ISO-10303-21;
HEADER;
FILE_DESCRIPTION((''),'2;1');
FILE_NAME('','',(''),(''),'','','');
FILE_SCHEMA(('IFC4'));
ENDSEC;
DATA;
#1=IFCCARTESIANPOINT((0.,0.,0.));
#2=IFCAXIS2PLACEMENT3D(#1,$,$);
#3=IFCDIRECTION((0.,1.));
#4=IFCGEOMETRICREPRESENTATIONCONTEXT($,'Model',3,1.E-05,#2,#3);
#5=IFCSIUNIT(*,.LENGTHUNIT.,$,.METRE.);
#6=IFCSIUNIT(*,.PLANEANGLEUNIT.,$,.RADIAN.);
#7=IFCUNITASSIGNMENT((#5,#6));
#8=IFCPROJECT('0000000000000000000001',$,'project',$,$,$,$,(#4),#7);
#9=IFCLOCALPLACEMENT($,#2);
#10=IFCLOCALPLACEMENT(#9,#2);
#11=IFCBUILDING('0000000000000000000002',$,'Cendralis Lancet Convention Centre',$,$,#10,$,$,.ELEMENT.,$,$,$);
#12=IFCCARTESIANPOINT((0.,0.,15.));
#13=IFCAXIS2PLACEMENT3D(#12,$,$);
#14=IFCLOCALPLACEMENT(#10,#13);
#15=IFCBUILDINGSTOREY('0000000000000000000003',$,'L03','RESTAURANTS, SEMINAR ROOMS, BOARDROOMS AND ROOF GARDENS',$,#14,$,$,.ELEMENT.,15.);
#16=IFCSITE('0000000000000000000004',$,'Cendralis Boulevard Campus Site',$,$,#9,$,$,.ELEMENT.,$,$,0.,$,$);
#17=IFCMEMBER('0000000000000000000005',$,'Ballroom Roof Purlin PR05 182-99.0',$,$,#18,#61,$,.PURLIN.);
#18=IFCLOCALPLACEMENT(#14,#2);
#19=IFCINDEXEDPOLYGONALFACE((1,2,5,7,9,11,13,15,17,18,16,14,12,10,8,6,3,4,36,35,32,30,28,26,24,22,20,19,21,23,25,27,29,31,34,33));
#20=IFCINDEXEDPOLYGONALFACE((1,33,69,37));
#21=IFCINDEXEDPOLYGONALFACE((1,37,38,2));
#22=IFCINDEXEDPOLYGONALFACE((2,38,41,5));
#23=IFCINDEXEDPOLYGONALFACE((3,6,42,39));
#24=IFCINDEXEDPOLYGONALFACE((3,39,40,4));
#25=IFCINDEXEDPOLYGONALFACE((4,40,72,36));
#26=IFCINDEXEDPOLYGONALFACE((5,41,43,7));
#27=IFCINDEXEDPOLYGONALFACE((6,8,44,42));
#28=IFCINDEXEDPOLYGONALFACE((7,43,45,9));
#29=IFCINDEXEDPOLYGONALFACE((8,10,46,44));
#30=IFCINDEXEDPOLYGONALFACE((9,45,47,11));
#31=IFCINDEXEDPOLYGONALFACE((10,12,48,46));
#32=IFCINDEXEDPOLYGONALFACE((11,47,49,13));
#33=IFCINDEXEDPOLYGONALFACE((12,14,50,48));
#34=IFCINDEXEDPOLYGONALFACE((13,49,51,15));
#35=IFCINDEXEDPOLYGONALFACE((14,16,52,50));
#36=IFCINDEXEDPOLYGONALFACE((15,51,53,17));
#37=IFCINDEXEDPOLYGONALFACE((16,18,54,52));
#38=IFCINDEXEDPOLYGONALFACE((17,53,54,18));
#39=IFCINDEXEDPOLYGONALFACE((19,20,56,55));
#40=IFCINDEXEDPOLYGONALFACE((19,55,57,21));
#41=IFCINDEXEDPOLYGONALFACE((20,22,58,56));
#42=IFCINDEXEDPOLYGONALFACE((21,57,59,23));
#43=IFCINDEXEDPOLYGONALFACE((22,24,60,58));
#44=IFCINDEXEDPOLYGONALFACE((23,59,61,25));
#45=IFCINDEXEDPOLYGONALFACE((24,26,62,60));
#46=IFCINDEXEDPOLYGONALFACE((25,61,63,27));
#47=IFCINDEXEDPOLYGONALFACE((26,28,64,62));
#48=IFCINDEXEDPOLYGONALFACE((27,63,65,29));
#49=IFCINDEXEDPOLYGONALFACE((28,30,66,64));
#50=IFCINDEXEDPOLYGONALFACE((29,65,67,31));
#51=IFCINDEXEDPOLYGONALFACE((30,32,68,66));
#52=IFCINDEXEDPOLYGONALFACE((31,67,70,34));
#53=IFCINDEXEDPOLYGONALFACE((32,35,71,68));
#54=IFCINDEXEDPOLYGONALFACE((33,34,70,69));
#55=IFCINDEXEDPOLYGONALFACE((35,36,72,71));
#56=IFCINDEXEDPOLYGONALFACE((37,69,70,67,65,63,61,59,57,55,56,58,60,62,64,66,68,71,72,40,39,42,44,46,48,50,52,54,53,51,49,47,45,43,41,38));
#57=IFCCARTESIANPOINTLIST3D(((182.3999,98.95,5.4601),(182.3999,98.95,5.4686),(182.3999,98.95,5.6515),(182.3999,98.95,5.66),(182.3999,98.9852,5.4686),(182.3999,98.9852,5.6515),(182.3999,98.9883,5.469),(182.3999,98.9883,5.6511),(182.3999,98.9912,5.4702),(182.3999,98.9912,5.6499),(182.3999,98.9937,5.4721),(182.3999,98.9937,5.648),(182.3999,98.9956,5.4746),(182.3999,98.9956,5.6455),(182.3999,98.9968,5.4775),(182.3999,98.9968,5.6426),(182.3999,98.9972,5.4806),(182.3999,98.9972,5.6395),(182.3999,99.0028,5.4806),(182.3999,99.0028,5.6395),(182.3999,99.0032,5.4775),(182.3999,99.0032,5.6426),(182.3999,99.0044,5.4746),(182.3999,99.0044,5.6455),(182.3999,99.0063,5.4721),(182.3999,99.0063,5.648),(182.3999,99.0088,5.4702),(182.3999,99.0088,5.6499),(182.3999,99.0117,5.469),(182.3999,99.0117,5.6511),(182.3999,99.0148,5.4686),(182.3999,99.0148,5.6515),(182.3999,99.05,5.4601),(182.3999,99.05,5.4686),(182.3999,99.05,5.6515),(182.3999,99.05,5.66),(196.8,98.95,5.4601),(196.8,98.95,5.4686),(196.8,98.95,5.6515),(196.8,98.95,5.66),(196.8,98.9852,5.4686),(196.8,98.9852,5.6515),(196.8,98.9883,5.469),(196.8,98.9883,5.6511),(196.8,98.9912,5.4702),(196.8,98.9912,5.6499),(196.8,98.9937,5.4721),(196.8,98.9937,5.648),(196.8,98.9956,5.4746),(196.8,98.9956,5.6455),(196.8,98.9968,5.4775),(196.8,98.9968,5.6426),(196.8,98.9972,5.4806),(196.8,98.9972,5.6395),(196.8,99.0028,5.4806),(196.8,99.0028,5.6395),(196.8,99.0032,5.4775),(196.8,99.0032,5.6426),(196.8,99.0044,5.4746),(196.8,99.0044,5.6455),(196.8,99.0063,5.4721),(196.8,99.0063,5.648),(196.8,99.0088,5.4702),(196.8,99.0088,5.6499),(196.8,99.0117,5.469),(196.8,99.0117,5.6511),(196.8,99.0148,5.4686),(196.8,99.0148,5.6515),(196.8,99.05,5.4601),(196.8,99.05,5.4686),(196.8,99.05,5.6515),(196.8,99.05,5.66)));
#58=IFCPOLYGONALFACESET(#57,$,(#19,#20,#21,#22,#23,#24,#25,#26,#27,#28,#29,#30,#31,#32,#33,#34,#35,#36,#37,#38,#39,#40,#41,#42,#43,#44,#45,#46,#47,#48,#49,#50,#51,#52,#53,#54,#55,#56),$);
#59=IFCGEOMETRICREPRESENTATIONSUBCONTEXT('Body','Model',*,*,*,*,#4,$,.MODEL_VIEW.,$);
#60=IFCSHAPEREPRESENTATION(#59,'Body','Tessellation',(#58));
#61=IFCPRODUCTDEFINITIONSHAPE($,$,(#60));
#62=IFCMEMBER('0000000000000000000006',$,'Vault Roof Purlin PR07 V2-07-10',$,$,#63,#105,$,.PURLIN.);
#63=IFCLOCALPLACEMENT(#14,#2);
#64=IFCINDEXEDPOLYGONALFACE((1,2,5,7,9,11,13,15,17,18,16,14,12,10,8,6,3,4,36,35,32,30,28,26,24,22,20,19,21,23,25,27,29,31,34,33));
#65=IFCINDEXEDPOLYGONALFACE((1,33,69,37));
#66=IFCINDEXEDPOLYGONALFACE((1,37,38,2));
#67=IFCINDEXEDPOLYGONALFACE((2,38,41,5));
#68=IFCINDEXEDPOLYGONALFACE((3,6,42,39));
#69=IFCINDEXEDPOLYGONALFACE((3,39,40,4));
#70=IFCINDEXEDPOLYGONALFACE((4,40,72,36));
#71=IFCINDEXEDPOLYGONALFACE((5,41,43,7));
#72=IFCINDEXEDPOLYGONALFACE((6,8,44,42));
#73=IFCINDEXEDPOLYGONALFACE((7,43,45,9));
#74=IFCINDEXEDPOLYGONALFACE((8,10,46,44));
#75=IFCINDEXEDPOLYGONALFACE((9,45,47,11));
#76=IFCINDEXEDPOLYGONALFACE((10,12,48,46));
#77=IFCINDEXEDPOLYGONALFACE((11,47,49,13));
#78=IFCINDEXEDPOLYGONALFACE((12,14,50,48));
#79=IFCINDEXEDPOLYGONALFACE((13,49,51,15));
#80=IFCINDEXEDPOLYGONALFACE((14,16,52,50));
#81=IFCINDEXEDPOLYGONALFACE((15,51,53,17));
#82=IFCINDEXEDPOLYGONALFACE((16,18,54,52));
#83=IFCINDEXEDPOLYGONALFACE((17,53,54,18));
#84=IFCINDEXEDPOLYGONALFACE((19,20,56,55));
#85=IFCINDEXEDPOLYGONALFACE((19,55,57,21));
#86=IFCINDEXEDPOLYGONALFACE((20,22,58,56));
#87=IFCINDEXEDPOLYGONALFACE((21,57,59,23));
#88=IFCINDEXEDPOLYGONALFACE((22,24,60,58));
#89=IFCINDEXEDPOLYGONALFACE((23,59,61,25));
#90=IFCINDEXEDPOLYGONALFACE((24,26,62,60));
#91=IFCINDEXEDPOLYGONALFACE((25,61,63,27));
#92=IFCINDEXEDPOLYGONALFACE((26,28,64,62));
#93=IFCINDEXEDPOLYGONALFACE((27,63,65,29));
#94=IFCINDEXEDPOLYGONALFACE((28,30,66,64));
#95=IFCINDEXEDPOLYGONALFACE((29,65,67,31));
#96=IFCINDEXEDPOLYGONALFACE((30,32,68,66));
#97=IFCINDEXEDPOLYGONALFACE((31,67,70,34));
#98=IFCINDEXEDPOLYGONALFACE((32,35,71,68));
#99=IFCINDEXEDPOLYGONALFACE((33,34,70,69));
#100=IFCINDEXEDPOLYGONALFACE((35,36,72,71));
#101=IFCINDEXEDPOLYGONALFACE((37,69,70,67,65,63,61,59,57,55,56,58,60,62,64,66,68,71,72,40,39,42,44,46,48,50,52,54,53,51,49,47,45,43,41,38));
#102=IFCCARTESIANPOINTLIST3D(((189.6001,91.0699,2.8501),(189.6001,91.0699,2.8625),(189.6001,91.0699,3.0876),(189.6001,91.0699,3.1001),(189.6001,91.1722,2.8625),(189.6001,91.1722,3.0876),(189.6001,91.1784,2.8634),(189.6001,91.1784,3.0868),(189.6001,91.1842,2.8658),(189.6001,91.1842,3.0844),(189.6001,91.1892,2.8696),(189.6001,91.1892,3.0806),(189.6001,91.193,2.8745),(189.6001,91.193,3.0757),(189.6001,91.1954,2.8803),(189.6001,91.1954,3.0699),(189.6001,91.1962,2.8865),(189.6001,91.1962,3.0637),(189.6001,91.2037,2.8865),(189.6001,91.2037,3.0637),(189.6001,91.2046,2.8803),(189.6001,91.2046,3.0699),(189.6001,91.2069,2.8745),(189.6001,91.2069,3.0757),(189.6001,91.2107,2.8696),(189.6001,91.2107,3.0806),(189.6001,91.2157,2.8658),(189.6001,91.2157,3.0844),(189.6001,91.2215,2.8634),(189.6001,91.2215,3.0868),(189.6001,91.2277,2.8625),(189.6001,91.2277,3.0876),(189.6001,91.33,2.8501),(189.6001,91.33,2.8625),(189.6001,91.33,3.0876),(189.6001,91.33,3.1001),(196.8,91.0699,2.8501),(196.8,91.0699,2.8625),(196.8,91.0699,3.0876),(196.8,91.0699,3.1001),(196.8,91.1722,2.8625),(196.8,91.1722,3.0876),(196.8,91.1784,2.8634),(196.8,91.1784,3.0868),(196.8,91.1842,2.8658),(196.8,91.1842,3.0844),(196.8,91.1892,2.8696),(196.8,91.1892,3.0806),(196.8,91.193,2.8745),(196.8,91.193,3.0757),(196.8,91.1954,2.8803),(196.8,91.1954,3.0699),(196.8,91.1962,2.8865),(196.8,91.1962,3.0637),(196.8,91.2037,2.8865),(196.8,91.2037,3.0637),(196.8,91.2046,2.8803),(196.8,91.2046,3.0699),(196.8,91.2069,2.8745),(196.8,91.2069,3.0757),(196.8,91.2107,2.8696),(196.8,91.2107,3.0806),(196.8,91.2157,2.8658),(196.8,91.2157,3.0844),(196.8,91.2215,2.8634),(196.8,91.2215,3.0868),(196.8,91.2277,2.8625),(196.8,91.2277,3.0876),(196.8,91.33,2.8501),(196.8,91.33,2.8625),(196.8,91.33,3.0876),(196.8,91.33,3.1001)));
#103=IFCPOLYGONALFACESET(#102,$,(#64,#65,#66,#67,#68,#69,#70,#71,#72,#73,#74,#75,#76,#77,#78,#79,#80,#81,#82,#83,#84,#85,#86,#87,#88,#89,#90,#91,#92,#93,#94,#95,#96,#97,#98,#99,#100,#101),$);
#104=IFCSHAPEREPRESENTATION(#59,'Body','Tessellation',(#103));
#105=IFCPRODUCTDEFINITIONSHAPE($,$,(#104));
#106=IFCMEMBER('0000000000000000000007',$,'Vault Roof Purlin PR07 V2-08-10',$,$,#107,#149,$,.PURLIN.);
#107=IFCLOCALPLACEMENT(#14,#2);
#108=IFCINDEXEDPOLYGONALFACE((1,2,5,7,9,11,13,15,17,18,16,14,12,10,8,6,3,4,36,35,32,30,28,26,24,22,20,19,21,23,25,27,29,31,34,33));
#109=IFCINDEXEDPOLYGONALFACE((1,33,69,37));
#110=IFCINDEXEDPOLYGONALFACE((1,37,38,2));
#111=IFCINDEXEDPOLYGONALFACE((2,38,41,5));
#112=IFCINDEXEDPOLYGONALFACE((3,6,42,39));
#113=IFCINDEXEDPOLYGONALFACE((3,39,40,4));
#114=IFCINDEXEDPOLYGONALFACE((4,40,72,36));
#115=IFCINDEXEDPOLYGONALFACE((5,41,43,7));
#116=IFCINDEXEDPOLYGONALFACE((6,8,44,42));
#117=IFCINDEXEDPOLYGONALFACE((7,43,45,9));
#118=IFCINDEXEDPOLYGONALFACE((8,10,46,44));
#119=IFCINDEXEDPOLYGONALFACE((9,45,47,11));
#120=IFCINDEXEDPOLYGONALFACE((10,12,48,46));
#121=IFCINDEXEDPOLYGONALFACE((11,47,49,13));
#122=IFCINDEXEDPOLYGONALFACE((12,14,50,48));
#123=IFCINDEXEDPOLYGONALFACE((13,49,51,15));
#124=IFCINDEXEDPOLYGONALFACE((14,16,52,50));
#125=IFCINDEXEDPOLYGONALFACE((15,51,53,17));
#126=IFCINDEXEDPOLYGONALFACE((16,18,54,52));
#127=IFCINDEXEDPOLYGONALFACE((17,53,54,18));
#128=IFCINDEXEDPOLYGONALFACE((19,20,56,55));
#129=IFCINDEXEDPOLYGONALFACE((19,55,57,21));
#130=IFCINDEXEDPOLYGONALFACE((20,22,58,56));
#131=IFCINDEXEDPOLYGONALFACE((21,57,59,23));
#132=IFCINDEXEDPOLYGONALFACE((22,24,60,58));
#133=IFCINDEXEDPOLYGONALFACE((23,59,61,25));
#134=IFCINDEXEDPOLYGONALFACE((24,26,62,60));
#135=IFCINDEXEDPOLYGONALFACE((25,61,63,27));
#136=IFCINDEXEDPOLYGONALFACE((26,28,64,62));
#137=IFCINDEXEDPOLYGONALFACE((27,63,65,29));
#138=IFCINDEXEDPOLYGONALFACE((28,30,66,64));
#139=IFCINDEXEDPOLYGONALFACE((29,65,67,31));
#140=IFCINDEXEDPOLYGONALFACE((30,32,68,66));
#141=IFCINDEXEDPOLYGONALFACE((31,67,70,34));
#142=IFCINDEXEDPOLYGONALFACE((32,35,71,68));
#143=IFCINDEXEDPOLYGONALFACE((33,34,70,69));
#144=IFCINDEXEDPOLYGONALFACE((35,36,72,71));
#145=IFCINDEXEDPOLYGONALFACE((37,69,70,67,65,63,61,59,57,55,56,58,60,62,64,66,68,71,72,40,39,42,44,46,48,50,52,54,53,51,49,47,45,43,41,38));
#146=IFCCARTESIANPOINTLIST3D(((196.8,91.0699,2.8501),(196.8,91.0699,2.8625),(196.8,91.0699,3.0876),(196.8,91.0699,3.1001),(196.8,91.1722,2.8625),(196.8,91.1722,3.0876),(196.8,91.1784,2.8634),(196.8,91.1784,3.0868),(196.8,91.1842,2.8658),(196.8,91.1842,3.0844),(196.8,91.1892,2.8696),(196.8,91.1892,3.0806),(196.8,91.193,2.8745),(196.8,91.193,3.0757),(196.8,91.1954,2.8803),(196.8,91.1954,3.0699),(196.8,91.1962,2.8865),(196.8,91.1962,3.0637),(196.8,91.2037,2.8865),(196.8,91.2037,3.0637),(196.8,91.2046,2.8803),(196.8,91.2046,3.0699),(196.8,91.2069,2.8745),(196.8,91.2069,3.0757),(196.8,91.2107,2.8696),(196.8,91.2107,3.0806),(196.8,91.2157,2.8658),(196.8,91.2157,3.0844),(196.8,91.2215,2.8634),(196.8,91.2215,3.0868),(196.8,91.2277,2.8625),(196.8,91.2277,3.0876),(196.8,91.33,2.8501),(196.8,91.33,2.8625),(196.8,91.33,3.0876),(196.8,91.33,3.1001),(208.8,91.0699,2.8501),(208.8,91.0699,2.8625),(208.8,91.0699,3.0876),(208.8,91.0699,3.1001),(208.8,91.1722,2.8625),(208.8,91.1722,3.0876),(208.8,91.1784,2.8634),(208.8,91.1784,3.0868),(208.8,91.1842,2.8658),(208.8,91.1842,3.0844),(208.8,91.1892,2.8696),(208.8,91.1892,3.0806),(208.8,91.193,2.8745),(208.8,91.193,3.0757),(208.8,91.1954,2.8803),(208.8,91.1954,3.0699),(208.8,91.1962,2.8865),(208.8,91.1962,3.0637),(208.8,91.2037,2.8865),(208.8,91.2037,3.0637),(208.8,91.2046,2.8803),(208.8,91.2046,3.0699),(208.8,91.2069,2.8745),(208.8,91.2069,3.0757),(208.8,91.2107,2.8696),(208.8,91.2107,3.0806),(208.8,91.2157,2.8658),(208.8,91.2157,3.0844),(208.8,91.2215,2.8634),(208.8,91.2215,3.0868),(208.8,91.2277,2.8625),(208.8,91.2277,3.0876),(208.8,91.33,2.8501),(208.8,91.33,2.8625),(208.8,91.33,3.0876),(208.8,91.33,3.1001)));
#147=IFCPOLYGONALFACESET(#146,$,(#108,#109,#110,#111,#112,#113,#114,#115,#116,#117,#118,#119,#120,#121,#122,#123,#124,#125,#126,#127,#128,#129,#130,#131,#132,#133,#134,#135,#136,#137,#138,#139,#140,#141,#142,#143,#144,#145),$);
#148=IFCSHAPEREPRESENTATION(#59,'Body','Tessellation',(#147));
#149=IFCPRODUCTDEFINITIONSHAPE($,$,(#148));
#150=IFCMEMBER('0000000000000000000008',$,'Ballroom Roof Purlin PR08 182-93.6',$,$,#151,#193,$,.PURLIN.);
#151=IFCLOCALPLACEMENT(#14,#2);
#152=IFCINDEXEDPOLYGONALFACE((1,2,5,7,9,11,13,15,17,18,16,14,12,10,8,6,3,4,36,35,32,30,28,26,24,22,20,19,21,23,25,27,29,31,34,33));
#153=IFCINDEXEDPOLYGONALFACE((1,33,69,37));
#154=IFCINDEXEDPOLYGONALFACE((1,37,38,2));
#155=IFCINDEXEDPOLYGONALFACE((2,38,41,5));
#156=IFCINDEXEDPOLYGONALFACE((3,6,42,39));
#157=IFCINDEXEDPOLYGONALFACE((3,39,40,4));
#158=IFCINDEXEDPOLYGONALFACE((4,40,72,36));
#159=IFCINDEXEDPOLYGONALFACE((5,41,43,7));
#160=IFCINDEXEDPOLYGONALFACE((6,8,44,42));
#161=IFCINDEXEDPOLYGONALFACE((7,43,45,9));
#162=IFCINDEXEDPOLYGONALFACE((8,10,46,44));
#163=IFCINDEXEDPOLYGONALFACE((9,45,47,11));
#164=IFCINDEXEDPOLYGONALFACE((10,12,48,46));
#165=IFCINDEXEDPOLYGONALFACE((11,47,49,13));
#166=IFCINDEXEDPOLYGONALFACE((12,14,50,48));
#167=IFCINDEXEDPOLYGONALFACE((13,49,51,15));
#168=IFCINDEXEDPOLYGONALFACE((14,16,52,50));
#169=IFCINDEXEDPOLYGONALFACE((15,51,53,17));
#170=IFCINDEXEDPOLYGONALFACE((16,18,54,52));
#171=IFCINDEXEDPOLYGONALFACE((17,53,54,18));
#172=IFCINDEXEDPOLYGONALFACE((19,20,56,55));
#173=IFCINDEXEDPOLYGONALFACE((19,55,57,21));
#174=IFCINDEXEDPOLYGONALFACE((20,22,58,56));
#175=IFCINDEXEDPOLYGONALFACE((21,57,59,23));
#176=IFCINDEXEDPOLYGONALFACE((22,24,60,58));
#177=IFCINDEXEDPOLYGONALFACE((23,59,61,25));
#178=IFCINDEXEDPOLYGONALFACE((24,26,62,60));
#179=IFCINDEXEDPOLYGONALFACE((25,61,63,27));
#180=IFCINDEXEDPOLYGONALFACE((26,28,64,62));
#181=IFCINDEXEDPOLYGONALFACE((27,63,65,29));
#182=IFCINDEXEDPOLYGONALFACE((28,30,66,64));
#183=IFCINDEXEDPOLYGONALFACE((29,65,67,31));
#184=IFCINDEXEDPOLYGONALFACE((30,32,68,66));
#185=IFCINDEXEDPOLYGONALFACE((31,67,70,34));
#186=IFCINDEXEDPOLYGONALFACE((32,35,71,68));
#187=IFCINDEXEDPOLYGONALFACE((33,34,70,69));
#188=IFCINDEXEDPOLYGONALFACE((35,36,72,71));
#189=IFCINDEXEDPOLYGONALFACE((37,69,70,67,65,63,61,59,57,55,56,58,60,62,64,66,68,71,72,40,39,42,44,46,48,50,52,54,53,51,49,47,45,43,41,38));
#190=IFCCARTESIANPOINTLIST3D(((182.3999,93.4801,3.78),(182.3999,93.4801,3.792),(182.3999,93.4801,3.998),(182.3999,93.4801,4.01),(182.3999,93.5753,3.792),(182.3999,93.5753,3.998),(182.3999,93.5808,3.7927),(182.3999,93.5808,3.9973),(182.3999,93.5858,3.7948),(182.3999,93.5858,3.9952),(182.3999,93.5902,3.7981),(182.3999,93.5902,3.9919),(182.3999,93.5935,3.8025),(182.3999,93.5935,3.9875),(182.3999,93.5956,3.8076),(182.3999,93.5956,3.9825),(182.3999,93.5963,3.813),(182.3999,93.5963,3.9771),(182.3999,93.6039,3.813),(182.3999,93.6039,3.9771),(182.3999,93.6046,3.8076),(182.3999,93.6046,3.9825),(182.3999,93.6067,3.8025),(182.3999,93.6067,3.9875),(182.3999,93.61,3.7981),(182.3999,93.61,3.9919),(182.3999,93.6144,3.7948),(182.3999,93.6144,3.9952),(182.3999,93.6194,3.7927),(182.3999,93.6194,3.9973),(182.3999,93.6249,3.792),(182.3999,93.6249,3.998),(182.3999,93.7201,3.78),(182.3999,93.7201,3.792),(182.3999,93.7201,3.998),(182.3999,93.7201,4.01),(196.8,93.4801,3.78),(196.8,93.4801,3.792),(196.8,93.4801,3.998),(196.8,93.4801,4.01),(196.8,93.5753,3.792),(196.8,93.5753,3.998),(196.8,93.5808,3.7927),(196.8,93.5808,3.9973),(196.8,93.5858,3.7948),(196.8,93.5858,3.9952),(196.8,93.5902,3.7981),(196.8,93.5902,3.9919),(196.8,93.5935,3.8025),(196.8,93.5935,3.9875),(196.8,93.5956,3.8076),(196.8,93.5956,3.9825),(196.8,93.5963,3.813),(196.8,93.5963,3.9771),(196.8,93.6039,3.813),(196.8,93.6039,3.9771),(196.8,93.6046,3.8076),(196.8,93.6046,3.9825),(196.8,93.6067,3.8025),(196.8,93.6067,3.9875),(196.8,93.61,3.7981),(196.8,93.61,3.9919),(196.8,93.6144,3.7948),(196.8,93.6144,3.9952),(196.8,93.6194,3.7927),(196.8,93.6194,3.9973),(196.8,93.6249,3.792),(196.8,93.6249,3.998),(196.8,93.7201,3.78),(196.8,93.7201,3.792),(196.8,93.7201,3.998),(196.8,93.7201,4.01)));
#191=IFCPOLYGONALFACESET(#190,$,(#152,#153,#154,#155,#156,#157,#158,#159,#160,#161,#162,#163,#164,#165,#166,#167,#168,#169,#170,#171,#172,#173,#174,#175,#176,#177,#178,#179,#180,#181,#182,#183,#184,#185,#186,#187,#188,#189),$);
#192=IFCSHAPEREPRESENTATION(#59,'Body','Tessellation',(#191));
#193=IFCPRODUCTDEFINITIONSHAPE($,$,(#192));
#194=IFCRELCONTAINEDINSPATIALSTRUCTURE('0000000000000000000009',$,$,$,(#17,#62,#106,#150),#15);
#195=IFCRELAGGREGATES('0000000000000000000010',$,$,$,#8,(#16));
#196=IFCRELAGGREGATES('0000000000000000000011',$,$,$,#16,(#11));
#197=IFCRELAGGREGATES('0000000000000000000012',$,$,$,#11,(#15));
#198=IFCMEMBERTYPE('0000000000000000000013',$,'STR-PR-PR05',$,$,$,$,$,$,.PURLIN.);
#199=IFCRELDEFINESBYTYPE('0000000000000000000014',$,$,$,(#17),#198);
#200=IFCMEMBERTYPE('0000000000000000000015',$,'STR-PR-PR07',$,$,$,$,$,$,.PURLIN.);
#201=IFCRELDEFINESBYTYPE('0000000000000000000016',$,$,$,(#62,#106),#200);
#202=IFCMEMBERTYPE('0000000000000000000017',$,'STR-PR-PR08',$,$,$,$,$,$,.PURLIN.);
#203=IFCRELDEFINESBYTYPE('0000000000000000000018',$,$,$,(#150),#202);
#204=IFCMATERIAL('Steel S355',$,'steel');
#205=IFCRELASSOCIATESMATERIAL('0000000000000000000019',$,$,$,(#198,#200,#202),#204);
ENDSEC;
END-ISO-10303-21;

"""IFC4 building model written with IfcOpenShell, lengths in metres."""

from ifc_helpers import new_model, si_unit, direction, frame, origin, origin_2d, place, context, subcontext, project, spatial, i_section, extrude, material, material_profile, profile_set, type_object, element, save


model = new_model("IFC4")

# Units and contexts
model_context = context("Model", 3, precision=1e-05, world=origin(), true_north=direction((0.0, 1.0)))
body_context = subcontext(model_context, "Body", "Model", "MODEL_VIEW")
ifc_project = project(units=[si_unit("LENGTHUNIT", "METRE"), si_unit("PLANEANGLEUNIT", "RADIAN")], contexts=[model_context])

# Site, building, storey
site_placement = place(None, origin())
site = spatial("IfcSite", under=ifc_project, at=site_placement, Name="Cendralis Boulevard Campus Site", CompositionType="ELEMENT", RefElevation=0.0)
building_placement = place(site_placement, origin())
building = spatial("IfcBuilding", under=site, at=building_placement, Name="Cendralis Lancet Convention Centre", CompositionType="ELEMENT")
storey_placement = place(building_placement, frame((0.0, 0.0, 15.0)))
storey = spatial("IfcBuildingStorey", under=building, at=storey_placement, Name="L03", Description="RESTAURANTS, SEMINAR ROOMS, BOARDROOMS AND ROOF GARDENS", CompositionType="ELEMENT", Elevation=15.0)

# Shared definitions
ifc_material_1 = material(Name="Steel S355", Category="steel")

# Members
ifc_material_profile_1 = material_profile(ifc_material_1, i_section(OverallWidth=0.1001, OverallDepth=0.2, WebThickness=0.0056, FlangeThickness=0.0085, FilletRadius=0.012, at=origin_2d()), Name="IPE 200")
ifc_profile_set_1 = profile_set([ifc_material_profile_1], Name="Steel S355")
member_type_1 = type_object("IfcMemberType", Name="STR-PR-PR05", PredefinedType="PURLIN", material=ifc_profile_set_1)
member_1_placement = place(storey_placement, frame((182.3999, 99.0, 5.5601), z_axis=(1.0, 0.0, 0.0), x_axis=(0.0, 1.0, 0.0)))
element("IfcMember", 1, at=member_1_placement, inside=storey, type_object=member_type_1, Name="Ballroom Roof Purlin PR05 182-99.0", PredefinedType="PURLIN", context=body_context, shape_type="SweptSolid", body=[
    extrude(i_section(OverallWidth=0.1001, OverallDepth=0.2, WebThickness=0.0056, FlangeThickness=0.0085, FilletRadius=0.012, at=origin_2d()), origin(), (0.0, 0.0, 1.0), 14.4001),
])
ifc_material_profile_2 = material_profile(ifc_material_1, i_section(OverallWidth=0.26, OverallDepth=0.25, WebThickness=0.0076, FlangeThickness=0.0125, FilletRadius=0.0239, at=origin_2d()), Name="HEA 260")
ifc_profile_set_2 = profile_set([ifc_material_profile_2], Name="Steel S355")
member_type_2 = type_object("IfcMemberType", Name="STR-PR-PR07", PredefinedType="PURLIN", material=ifc_profile_set_2)
member_2_placement = place(storey_placement, frame((189.6001, 91.2, 2.9751), z_axis=(1.0, 0.0, 0.0), x_axis=(0.0, 1.0, 0.0)))
element("IfcMember", 2, at=member_2_placement, inside=storey, type_object=member_type_2, Name="Vault Roof Purlin PR07 V2-07-10", PredefinedType="PURLIN", context=body_context, shape_type="SweptSolid", body=[
    extrude(i_section(OverallWidth=0.26, OverallDepth=0.25, WebThickness=0.0076, FlangeThickness=0.0125, FilletRadius=0.0239, at=origin_2d()), origin(), (0.0, 0.0, 1.0), 7.2),
])
member_3_placement = place(storey_placement, frame((196.8, 91.2, 2.9751), z_axis=(1.0, 0.0, 0.0), x_axis=(0.0, 1.0, 0.0)))
element("IfcMember", 3, at=member_3_placement, inside=storey, type_object=member_type_2, Name="Vault Roof Purlin PR07 V2-08-10", PredefinedType="PURLIN", context=body_context, shape_type="SweptSolid", body=[
    extrude(i_section(OverallWidth=0.26, OverallDepth=0.25, WebThickness=0.0076, FlangeThickness=0.0125, FilletRadius=0.0239, at=origin_2d()), origin(), (0.0, 0.0, 1.0), 12.0),
])
ifc_material_profile_3 = material_profile(ifc_material_1, i_section(OverallWidth=0.24, OverallDepth=0.23, WebThickness=0.0076, FlangeThickness=0.012, FilletRadius=0.021, at=origin_2d()), Name="HEA 240")
ifc_profile_set_3 = profile_set([ifc_material_profile_3], Name="Steel S355")
member_type_3 = type_object("IfcMemberType", Name="STR-PR-PR08", PredefinedType="PURLIN", material=ifc_profile_set_3)
member_4_placement = place(storey_placement, frame((182.3999, 93.6001, 3.895), z_axis=(1.0, 0.0, 0.0), x_axis=(0.0, 1.0, 0.0)))
element("IfcMember", 4, at=member_4_placement, inside=storey, type_object=member_type_3, Name="Ballroom Roof Purlin PR08 182-93.6", PredefinedType="PURLIN", context=body_context, shape_type="SweptSolid", body=[
    extrude(i_section(OverallWidth=0.24, OverallDepth=0.23, WebThickness=0.0076, FlangeThickness=0.012, FilletRadius=0.021, at=origin_2d()), origin(), (0.0, 0.0, 1.0), 14.4001),
])

save(model, "model.ifc")
